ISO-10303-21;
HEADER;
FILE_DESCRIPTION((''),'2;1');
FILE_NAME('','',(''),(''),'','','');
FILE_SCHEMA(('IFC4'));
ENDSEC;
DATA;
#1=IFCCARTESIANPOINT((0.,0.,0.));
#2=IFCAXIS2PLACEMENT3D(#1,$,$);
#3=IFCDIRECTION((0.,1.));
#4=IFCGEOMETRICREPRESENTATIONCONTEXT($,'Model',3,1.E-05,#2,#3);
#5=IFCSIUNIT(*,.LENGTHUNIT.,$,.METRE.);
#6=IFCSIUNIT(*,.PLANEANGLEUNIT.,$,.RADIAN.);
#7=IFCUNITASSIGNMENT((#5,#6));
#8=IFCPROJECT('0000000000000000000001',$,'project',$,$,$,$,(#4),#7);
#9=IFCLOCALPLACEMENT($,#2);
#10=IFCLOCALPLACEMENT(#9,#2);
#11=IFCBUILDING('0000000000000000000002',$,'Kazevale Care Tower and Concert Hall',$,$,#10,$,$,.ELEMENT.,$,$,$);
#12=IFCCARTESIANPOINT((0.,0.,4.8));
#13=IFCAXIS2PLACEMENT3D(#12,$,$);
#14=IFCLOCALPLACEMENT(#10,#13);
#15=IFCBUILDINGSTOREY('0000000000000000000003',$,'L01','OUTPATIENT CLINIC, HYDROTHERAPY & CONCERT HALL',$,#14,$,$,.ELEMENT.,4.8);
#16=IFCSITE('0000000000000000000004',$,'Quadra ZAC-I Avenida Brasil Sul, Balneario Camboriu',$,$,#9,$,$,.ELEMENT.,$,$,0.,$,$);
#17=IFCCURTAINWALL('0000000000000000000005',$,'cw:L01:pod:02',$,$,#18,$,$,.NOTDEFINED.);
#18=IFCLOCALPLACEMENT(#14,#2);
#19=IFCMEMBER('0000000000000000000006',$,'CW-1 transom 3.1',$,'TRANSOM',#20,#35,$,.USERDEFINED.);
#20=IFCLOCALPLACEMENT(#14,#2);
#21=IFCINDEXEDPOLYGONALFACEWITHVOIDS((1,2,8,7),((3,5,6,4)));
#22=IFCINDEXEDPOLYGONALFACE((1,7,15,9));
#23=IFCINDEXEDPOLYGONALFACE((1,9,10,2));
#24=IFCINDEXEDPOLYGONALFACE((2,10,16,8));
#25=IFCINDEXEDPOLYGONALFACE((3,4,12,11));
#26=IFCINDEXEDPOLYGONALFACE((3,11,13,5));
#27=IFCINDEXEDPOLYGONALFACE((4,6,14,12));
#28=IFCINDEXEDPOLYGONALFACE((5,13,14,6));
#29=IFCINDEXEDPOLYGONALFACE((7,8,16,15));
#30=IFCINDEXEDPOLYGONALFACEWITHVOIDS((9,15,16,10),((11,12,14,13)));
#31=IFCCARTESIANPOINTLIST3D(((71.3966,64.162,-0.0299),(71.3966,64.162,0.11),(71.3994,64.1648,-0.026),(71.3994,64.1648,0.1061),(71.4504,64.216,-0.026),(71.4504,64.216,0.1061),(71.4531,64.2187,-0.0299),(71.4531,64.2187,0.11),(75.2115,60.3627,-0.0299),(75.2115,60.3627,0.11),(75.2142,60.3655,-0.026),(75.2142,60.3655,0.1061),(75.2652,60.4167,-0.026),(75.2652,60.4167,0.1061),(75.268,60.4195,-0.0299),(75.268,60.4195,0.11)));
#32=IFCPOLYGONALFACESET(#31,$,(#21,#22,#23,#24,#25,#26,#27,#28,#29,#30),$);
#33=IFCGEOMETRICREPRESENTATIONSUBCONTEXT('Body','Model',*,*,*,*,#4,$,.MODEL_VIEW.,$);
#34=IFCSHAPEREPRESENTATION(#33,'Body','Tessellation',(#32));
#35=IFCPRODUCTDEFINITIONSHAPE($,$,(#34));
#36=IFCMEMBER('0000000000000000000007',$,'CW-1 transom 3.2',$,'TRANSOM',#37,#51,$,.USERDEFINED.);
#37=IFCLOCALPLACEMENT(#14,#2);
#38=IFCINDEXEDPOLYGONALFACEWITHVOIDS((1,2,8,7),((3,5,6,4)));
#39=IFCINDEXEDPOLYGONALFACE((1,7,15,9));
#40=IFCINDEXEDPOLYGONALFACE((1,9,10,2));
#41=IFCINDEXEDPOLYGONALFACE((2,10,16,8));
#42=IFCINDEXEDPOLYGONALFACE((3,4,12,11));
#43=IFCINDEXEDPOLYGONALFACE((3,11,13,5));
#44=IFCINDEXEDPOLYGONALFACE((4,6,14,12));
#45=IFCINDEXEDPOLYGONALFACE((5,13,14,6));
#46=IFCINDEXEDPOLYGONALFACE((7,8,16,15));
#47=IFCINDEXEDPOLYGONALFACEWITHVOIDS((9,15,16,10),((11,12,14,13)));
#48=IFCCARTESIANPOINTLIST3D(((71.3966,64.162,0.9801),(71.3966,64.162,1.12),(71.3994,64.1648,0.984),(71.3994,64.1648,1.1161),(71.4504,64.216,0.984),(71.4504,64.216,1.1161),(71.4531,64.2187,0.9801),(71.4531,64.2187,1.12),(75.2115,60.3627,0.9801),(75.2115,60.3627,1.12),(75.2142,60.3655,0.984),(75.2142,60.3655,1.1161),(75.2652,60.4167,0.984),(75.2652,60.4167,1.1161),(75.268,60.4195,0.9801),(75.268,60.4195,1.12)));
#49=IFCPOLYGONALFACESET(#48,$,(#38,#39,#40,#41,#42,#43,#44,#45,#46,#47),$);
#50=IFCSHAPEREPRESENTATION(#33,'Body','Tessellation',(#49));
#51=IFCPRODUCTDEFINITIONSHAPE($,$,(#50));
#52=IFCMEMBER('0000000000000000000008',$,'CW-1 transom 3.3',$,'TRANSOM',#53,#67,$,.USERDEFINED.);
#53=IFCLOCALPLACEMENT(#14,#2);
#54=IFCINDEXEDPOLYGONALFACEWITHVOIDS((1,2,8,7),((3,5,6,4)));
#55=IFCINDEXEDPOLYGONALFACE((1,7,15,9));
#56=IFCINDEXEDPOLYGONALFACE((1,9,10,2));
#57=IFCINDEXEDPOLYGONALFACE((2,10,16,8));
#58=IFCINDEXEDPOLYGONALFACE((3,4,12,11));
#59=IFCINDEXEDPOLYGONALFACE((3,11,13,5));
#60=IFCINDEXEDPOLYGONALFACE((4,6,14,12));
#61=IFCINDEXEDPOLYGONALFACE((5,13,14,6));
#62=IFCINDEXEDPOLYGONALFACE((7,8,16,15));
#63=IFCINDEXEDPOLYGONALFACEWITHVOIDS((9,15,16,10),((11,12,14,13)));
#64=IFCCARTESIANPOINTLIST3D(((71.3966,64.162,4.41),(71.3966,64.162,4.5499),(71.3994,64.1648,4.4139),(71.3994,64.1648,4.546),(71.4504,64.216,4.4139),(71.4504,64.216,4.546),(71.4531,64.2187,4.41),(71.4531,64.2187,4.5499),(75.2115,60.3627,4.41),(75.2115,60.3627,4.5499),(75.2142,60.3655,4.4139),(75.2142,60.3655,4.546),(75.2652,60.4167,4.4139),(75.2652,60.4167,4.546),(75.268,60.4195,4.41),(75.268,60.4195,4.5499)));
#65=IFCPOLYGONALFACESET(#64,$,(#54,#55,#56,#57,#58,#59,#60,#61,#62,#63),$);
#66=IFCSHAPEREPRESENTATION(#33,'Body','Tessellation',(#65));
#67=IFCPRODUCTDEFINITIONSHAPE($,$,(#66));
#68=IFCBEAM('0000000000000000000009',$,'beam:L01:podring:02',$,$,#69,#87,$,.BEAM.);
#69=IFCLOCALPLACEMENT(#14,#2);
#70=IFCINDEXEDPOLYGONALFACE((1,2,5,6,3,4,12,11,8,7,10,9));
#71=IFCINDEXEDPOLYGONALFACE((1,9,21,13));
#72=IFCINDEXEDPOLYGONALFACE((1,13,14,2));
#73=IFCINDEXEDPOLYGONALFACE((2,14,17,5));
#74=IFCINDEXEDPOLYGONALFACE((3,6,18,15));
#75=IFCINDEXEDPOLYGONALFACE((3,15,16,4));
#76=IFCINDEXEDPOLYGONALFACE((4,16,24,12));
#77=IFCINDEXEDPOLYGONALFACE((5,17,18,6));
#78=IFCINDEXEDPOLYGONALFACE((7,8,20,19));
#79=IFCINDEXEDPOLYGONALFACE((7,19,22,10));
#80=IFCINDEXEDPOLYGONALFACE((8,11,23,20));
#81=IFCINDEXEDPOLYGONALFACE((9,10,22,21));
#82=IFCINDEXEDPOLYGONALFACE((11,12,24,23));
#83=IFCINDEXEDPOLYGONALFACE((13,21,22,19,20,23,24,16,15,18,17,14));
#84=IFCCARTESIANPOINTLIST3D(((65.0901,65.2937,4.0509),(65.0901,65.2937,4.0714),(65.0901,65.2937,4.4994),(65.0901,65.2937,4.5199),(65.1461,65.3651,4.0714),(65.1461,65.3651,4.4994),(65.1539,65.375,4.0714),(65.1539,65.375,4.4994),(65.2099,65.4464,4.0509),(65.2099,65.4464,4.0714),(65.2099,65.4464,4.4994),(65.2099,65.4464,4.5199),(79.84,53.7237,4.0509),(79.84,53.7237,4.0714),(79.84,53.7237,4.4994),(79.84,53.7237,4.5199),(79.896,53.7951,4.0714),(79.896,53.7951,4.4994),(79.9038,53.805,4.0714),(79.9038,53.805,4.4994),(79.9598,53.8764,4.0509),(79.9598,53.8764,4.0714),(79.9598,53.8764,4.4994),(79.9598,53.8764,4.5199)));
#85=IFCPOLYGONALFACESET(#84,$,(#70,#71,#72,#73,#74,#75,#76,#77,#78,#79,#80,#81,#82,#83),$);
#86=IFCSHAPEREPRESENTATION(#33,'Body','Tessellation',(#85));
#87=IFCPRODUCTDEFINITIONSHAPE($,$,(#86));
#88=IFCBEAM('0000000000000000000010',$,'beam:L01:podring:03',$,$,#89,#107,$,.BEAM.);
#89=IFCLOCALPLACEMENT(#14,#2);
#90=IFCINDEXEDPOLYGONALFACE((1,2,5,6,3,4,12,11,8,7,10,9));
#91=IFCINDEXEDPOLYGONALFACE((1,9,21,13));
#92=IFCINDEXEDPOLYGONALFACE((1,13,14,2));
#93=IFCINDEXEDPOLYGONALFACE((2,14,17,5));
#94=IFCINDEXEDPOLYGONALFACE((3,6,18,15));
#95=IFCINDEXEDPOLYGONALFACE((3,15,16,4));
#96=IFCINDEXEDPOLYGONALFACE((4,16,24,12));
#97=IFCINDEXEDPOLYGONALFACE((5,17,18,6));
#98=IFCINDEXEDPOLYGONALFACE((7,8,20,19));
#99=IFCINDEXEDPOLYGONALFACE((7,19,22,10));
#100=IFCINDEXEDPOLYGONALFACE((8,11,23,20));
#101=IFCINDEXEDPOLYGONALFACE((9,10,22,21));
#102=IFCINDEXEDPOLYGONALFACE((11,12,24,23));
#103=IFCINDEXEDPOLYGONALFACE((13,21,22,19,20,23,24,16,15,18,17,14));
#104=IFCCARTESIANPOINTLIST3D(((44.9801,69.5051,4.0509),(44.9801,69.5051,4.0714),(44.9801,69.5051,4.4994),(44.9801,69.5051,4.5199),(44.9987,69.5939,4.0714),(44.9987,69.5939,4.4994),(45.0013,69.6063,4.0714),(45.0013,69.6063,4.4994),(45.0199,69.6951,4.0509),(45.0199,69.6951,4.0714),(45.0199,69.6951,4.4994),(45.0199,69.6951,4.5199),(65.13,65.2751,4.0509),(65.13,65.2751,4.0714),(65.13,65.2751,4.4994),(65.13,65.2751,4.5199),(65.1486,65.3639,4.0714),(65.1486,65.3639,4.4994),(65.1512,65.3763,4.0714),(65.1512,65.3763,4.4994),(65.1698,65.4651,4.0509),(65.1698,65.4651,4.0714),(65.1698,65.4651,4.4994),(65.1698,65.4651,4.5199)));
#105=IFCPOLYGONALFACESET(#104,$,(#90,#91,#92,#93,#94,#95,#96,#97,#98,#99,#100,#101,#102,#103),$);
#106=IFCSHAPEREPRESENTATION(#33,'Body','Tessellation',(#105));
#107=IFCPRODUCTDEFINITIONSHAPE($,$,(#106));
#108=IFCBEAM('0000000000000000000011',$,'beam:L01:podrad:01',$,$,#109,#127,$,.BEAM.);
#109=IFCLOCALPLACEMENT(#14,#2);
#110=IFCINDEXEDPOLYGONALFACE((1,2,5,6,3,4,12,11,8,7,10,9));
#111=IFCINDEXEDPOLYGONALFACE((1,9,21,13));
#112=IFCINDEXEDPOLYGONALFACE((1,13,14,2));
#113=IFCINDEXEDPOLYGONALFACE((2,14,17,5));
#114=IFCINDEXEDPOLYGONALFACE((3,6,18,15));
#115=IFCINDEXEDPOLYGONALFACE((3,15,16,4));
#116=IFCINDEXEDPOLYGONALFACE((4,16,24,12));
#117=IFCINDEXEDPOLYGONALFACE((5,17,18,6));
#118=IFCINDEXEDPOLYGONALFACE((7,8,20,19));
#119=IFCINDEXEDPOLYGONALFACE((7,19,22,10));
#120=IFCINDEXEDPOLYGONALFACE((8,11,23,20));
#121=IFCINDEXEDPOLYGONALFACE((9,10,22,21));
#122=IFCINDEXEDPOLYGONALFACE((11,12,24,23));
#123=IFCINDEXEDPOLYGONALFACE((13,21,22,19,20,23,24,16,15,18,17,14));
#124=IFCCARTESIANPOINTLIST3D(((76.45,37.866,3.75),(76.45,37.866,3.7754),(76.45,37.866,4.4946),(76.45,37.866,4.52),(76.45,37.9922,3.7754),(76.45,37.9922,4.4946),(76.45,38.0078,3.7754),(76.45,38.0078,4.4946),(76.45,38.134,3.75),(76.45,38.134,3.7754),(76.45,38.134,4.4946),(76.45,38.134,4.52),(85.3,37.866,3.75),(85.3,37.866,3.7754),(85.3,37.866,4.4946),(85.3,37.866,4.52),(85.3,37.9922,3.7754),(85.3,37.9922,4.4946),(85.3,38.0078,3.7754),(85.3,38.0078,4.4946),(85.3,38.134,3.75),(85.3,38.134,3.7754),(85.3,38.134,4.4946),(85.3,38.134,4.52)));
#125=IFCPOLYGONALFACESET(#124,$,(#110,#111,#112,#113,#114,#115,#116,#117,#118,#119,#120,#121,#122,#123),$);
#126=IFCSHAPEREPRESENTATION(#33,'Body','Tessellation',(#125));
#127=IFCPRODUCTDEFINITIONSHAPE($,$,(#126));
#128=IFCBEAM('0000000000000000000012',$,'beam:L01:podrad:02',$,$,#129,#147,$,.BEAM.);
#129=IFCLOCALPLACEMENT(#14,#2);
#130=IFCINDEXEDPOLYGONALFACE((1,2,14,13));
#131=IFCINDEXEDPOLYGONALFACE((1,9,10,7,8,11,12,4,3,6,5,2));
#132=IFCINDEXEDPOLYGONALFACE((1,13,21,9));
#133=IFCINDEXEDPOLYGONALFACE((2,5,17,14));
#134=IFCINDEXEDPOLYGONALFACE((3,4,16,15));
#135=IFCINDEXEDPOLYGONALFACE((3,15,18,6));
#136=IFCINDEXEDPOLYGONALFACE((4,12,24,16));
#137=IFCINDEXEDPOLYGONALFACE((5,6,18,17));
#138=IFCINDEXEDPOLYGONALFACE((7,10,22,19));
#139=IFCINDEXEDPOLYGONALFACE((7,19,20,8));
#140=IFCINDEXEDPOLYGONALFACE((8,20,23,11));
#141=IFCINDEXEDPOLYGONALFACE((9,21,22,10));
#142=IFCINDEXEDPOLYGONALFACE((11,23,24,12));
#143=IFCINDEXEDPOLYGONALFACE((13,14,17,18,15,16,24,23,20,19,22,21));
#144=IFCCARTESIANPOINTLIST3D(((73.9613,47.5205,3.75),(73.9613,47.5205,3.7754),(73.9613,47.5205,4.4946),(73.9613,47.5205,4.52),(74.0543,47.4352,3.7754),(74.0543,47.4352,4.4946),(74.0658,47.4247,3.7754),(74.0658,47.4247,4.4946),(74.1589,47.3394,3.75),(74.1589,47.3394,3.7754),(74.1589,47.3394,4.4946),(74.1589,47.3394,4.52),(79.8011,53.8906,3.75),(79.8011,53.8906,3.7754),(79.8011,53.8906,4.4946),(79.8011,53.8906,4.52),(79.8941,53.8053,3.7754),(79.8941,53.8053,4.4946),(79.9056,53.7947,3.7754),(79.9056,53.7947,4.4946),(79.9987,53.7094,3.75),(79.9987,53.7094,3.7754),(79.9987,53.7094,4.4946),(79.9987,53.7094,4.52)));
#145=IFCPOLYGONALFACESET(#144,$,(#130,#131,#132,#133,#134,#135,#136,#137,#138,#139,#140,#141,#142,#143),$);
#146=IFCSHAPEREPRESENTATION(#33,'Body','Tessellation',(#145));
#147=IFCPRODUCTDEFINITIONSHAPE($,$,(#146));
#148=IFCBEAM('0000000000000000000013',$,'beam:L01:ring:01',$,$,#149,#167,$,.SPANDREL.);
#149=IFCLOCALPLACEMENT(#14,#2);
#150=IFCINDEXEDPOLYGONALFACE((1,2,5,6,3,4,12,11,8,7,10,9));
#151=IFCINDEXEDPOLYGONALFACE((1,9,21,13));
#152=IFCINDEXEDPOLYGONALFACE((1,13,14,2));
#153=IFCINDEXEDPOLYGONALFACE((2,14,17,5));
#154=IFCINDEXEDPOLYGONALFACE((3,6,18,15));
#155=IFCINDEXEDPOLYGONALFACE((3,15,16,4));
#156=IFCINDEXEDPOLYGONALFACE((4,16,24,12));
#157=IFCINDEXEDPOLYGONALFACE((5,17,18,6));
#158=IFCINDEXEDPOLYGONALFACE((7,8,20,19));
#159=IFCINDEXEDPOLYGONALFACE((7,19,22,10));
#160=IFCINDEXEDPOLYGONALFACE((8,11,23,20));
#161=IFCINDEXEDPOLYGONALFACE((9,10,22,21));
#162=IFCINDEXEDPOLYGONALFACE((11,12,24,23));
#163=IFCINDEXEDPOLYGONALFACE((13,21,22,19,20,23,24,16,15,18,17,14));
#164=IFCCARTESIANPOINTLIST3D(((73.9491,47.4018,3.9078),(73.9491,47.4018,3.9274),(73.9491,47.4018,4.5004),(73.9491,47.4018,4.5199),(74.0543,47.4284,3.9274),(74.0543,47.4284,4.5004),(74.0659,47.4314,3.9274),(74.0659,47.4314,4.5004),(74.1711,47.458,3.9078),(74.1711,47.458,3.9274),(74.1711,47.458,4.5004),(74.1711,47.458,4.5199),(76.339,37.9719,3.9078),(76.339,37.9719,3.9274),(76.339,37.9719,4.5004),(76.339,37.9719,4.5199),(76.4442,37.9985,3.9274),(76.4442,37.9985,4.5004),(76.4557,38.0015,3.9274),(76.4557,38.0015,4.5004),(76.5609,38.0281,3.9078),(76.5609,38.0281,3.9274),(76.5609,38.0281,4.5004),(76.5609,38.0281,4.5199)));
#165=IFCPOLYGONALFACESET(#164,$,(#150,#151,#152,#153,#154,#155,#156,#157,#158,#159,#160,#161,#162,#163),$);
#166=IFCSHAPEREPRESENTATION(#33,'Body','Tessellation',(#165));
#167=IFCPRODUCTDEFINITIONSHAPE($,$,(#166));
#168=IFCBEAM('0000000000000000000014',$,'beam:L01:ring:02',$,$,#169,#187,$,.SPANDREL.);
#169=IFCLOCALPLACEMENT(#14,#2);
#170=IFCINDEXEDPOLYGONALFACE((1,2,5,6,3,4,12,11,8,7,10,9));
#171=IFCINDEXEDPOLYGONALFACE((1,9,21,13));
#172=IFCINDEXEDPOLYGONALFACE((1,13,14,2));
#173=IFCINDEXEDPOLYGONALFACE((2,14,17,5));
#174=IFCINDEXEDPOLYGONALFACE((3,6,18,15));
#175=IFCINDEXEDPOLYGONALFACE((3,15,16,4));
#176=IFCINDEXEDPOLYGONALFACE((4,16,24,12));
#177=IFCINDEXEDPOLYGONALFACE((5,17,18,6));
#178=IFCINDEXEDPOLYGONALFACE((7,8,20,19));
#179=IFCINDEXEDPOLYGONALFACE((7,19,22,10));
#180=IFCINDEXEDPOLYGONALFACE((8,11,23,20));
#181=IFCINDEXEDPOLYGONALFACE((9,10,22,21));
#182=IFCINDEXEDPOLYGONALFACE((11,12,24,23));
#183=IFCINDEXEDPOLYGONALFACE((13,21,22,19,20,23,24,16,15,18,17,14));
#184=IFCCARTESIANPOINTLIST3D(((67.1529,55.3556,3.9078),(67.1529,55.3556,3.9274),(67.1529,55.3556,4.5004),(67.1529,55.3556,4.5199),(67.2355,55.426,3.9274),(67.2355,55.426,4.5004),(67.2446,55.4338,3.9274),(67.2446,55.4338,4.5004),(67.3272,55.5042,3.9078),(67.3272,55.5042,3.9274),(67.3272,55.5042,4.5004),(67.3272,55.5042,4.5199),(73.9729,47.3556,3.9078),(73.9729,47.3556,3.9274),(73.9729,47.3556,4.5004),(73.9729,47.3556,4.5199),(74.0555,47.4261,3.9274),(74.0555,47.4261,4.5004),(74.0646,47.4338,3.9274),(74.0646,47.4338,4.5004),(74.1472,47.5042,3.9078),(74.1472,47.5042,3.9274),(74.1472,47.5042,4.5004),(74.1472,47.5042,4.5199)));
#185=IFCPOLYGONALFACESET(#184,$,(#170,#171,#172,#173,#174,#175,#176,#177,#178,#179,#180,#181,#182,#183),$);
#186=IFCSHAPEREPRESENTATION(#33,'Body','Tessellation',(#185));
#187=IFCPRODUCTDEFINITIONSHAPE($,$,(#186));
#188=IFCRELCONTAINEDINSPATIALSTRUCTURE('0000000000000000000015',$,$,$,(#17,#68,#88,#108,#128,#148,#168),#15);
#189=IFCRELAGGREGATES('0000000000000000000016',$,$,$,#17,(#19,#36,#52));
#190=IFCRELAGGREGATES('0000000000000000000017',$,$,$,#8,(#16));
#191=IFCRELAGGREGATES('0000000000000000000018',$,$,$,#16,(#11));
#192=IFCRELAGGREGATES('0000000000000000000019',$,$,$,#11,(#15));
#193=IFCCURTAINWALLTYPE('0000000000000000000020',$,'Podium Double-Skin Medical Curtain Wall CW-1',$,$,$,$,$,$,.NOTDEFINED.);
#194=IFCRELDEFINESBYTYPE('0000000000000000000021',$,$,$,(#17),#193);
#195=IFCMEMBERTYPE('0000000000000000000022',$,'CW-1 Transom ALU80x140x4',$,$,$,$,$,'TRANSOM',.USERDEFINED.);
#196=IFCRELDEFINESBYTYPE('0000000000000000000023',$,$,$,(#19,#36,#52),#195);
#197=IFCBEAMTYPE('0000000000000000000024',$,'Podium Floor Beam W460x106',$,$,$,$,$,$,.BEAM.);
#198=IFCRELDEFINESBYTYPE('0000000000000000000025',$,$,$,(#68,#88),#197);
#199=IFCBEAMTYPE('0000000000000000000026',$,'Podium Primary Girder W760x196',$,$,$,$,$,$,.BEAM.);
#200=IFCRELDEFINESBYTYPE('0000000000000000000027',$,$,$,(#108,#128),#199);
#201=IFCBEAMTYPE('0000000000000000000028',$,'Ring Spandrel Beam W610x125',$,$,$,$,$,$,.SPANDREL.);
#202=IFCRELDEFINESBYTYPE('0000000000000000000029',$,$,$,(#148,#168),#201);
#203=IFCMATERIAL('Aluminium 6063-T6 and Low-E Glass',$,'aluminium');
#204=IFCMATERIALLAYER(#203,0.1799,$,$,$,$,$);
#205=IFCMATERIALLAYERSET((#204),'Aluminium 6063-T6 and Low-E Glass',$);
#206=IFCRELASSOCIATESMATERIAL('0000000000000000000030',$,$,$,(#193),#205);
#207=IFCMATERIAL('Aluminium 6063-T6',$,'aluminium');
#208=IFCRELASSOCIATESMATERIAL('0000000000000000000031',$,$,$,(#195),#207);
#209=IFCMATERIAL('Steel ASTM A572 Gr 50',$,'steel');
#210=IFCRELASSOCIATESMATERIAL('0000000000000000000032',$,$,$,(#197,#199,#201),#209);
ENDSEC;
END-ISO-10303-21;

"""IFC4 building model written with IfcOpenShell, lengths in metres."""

from ifc_helpers import new_model, si_unit, direction, frame, origin, origin_2d, place, context, subcontext, project, spatial, hollow_rectangle, i_section, extrude, material, layer, layer_set, material_profile, profile_set, type_object, element, aggregate, save


model = new_model("IFC4")

# Units and contexts
model_context = context("Model", 3, precision=1e-05, world=origin(), true_north=direction((0.0, 1.0)))
body_context = subcontext(model_context, "Body", "Model", "MODEL_VIEW")
ifc_project = project(units=[si_unit("LENGTHUNIT", "METRE"), si_unit("PLANEANGLEUNIT", "RADIAN")], contexts=[model_context])

# Site, building, storey
site_placement = place(None, origin())
site = spatial("IfcSite", under=ifc_project, at=site_placement, Name="Quadra ZAC-I Avenida Brasil Sul, Balneario Camboriu", CompositionType="ELEMENT", RefElevation=0.0)
building_placement = place(site_placement, origin())
building = spatial("IfcBuilding", under=site, at=building_placement, Name="Kazevale Care Tower and Concert Hall", CompositionType="ELEMENT")
storey_placement = place(building_placement, frame((0.0, 0.0, 4.8)))
storey = spatial("IfcBuildingStorey", under=building, at=storey_placement, Name="L01", Description="OUTPATIENT CLINIC, HYDROTHERAPY & CONCERT HALL", CompositionType="ELEMENT", Elevation=4.8)

# Curtain wall, members
ifc_material_1 = material(Name="Aluminium 6063-T6 and Low-E Glass", Category="aluminium")
ifc_layer_1 = layer(ifc_material_1, 0.1799)
ifc_layer_set_1 = layer_set([ifc_layer_1], Name="Aluminium 6063-T6 and Low-E Glass")
curtain_wall_type = type_object("IfcCurtainWallType", Name="Podium Double-Skin Medical Curtain Wall CW-1", PredefinedType="NOTDEFINED", material=ifc_layer_set_1)
curtain_wall_placement = place(storey_placement, origin())
curtain_wall = element("IfcCurtainWall", 1, at=curtain_wall_placement, inside=storey, type_object=curtain_wall_type, Name="cw:L01:pod:02", PredefinedType="NOTDEFINED")
ifc_material_2 = material(Name="Aluminium 6063-T6", Category="aluminium")
ifc_material_profile_1 = material_profile(ifc_material_2, hollow_rectangle(XDim=0.0801, YDim=0.1399, WallThickness=0.0039, at=origin_2d()), Name="ALU80x140x4")
ifc_profile_set_1 = profile_set([ifc_material_profile_1], Name="Aluminium 6063-T6")
member_type_1 = type_object("IfcMemberType", Name="CW-1 Transom ALU80x140x4", ElementType="TRANSOM", PredefinedType="USERDEFINED", material=ifc_profile_set_1)
member_1_placement = place(storey_placement, frame((75.2397, 60.3911, 0.04), z_axis=(-0.708556, 0.705654, 0.0), x_axis=(-0.705654, -0.708556, 0.0)))
member_1 = element("IfcMember", 2, at=member_1_placement, type_object=member_type_1, Name="CW-1 transom 3.1", ObjectType="TRANSOM", PredefinedType="USERDEFINED", context=body_context, shape_type="SweptSolid", body=[
    extrude(hollow_rectangle(XDim=0.0801, YDim=0.1399, WallThickness=0.0039, at=origin_2d()), origin(), (0.0, 0.0, 1.0), 5.384),
])
member_2_placement = place(storey_placement, frame((75.2397, 60.3911, 1.05), z_axis=(-0.708556, 0.705654, 0.0), x_axis=(-0.705654, -0.708556, 0.0)))
member_2 = element("IfcMember", 3, at=member_2_placement, type_object=member_type_1, Name="CW-1 transom 3.2", ObjectType="TRANSOM", PredefinedType="USERDEFINED", context=body_context, shape_type="SweptSolid", body=[
    extrude(hollow_rectangle(XDim=0.0801, YDim=0.1399, WallThickness=0.0039, at=origin_2d()), origin(), (0.0, 0.0, 1.0), 5.384),
])
member_3_placement = place(storey_placement, frame((75.2397, 60.3911, 4.48), z_axis=(-0.708556, 0.705654, 0.0), x_axis=(-0.705654, -0.708556, 0.0)))
member_3 = element("IfcMember", 4, at=member_3_placement, type_object=member_type_1, Name="CW-1 transom 3.3", ObjectType="TRANSOM", PredefinedType="USERDEFINED", context=body_context, shape_type="SweptSolid", body=[
    extrude(hollow_rectangle(XDim=0.0801, YDim=0.1399, WallThickness=0.0039, at=origin_2d()), origin(), (0.0, 0.0, 1.0), 5.384),
])

# Beams
ifc_material_3 = material(Name="Steel ASTM A572 Gr 50", Category="steel")
ifc_material_profile_2 = material_profile(ifc_material_3, i_section(OverallWidth=0.1941, OverallDepth=0.469, WebThickness=0.0127, FlangeThickness=0.0205, at=origin_2d()), Name="W460x106")
ifc_profile_set_2 = profile_set([ifc_material_profile_2], Name="Steel ASTM A572 Gr 50")
beam_type_1 = type_object("IfcBeamType", Name="Podium Floor Beam W460x106", PredefinedType="BEAM", material=ifc_profile_set_2)
beam_1_placement = place(storey_placement, frame((79.8999, 53.8, 4.2854), z_axis=(-0.786816, 0.617188, 0.0), x_axis=(-0.617188, -0.786816, 0.0)))
element("IfcBeam", 5, at=beam_1_placement, inside=storey, type_object=beam_type_1, Name="beam:L01:podring:02", PredefinedType="BEAM", context=body_context, shape_type="SweptSolid", body=[
    extrude(i_section(OverallWidth=0.1941, OverallDepth=0.469, WebThickness=0.0127, FlangeThickness=0.0205, at=origin_2d()), origin(), (0.0, 0.0, 1.0), 18.7463),
])
beam_2_placement = place(storey_placement, frame((65.1499, 65.3701, 4.2854), z_axis=(-0.978668, 0.205448, 0.0), x_axis=(-0.205448, -0.978668, 0.0)))
element("IfcBeam", 6, at=beam_2_placement, inside=storey, type_object=beam_type_1, Name="beam:L01:podring:03", PredefinedType="BEAM", context=body_context, shape_type="SweptSolid", body=[
    extrude(i_section(OverallWidth=0.1941, OverallDepth=0.469, WebThickness=0.0127, FlangeThickness=0.0205, at=origin_2d()), origin(), (0.0, 0.0, 1.0), 20.5891),
])
ifc_material_profile_3 = material_profile(ifc_material_3, i_section(OverallWidth=0.2681, OverallDepth=0.77, WebThickness=0.0156, FlangeThickness=0.0254, at=origin_2d()), Name="W760x196")
ifc_profile_set_3 = profile_set([ifc_material_profile_3], Name="Steel ASTM A572 Gr 50")
beam_type_2 = type_object("IfcBeamType", Name="Podium Primary Girder W760x196", PredefinedType="BEAM", material=ifc_profile_set_3)
beam_3_placement = place(storey_placement, frame((76.45, 38.0, 4.135), z_axis=(1.0, 0.0, 0.0), x_axis=(0.0, 1.0, 0.0)))
element("IfcBeam", 7, at=beam_3_placement, inside=storey, type_object=beam_type_2, Name="beam:L01:podrad:01", PredefinedType="BEAM", context=body_context, shape_type="SweptSolid", body=[
    extrude(i_section(OverallWidth=0.2681, OverallDepth=0.77, WebThickness=0.0156, FlangeThickness=0.0254, at=origin_2d()), origin(), (0.0, 0.0, 1.0), 8.8501),
])
beam_4_placement = place(storey_placement, frame((74.0601, 47.4299, 4.135), z_axis=(0.67576, 0.737121, 0.0), x_axis=(-0.737121, 0.67576, 0.0)))
element("IfcBeam", 8, at=beam_4_placement, inside=storey, type_object=beam_type_2, Name="beam:L01:podrad:02", PredefinedType="BEAM", context=body_context, shape_type="SweptSolid", body=[
    extrude(i_section(OverallWidth=0.2681, OverallDepth=0.77, WebThickness=0.0156, FlangeThickness=0.0254, at=origin_2d()), origin(), (0.0, 0.0, 1.0), 8.6418),
])
ifc_material_profile_4 = material_profile(ifc_material_3, i_section(OverallWidth=0.229, OverallDepth=0.6121, WebThickness=0.012, FlangeThickness=0.0195, at=origin_2d()), Name="W610x125")
ifc_profile_set_4 = profile_set([ifc_material_profile_4], Name="Steel ASTM A572 Gr 50")
beam_type_3 = type_object("IfcBeamType", Name="Ring Spandrel Beam W610x125", PredefinedType="SPANDREL", material=ifc_profile_set_4)
beam_5_placement = place(storey_placement, frame((76.45, 38.0, 4.2139), z_axis=(-0.24567, 0.969354, 0.0), x_axis=(-0.969354, -0.24567, 0.0)))
element("IfcBeam", 9, at=beam_5_placement, inside=storey, type_object=beam_type_3, Name="beam:L01:ring:01", PredefinedType="SPANDREL", context=body_context, shape_type="SweptSolid", body=[
    extrude(i_section(OverallWidth=0.229, OverallDepth=0.6121, WebThickness=0.012, FlangeThickness=0.0195, at=origin_2d()), origin(), (0.0, 0.0, 1.0), 9.728),
])
beam_6_placement = place(storey_placement, frame((74.0601, 47.4299, 4.2139), z_axis=(-0.648756, 0.760996, 0.0), x_axis=(-0.760996, -0.648756, 0.0)))
element("IfcBeam", 10, at=beam_6_placement, inside=storey, type_object=beam_type_3, Name="beam:L01:ring:02", PredefinedType="SPANDREL", context=body_context, shape_type="SweptSolid", body=[
    extrude(i_section(OverallWidth=0.229, OverallDepth=0.6121, WebThickness=0.012, FlangeThickness=0.0195, at=origin_2d()), origin(), (0.0, 0.0, 1.0), 10.5125),
])

aggregate(curtain_wall, [member_1, member_2, member_3])

save(model, "model.ifc")
